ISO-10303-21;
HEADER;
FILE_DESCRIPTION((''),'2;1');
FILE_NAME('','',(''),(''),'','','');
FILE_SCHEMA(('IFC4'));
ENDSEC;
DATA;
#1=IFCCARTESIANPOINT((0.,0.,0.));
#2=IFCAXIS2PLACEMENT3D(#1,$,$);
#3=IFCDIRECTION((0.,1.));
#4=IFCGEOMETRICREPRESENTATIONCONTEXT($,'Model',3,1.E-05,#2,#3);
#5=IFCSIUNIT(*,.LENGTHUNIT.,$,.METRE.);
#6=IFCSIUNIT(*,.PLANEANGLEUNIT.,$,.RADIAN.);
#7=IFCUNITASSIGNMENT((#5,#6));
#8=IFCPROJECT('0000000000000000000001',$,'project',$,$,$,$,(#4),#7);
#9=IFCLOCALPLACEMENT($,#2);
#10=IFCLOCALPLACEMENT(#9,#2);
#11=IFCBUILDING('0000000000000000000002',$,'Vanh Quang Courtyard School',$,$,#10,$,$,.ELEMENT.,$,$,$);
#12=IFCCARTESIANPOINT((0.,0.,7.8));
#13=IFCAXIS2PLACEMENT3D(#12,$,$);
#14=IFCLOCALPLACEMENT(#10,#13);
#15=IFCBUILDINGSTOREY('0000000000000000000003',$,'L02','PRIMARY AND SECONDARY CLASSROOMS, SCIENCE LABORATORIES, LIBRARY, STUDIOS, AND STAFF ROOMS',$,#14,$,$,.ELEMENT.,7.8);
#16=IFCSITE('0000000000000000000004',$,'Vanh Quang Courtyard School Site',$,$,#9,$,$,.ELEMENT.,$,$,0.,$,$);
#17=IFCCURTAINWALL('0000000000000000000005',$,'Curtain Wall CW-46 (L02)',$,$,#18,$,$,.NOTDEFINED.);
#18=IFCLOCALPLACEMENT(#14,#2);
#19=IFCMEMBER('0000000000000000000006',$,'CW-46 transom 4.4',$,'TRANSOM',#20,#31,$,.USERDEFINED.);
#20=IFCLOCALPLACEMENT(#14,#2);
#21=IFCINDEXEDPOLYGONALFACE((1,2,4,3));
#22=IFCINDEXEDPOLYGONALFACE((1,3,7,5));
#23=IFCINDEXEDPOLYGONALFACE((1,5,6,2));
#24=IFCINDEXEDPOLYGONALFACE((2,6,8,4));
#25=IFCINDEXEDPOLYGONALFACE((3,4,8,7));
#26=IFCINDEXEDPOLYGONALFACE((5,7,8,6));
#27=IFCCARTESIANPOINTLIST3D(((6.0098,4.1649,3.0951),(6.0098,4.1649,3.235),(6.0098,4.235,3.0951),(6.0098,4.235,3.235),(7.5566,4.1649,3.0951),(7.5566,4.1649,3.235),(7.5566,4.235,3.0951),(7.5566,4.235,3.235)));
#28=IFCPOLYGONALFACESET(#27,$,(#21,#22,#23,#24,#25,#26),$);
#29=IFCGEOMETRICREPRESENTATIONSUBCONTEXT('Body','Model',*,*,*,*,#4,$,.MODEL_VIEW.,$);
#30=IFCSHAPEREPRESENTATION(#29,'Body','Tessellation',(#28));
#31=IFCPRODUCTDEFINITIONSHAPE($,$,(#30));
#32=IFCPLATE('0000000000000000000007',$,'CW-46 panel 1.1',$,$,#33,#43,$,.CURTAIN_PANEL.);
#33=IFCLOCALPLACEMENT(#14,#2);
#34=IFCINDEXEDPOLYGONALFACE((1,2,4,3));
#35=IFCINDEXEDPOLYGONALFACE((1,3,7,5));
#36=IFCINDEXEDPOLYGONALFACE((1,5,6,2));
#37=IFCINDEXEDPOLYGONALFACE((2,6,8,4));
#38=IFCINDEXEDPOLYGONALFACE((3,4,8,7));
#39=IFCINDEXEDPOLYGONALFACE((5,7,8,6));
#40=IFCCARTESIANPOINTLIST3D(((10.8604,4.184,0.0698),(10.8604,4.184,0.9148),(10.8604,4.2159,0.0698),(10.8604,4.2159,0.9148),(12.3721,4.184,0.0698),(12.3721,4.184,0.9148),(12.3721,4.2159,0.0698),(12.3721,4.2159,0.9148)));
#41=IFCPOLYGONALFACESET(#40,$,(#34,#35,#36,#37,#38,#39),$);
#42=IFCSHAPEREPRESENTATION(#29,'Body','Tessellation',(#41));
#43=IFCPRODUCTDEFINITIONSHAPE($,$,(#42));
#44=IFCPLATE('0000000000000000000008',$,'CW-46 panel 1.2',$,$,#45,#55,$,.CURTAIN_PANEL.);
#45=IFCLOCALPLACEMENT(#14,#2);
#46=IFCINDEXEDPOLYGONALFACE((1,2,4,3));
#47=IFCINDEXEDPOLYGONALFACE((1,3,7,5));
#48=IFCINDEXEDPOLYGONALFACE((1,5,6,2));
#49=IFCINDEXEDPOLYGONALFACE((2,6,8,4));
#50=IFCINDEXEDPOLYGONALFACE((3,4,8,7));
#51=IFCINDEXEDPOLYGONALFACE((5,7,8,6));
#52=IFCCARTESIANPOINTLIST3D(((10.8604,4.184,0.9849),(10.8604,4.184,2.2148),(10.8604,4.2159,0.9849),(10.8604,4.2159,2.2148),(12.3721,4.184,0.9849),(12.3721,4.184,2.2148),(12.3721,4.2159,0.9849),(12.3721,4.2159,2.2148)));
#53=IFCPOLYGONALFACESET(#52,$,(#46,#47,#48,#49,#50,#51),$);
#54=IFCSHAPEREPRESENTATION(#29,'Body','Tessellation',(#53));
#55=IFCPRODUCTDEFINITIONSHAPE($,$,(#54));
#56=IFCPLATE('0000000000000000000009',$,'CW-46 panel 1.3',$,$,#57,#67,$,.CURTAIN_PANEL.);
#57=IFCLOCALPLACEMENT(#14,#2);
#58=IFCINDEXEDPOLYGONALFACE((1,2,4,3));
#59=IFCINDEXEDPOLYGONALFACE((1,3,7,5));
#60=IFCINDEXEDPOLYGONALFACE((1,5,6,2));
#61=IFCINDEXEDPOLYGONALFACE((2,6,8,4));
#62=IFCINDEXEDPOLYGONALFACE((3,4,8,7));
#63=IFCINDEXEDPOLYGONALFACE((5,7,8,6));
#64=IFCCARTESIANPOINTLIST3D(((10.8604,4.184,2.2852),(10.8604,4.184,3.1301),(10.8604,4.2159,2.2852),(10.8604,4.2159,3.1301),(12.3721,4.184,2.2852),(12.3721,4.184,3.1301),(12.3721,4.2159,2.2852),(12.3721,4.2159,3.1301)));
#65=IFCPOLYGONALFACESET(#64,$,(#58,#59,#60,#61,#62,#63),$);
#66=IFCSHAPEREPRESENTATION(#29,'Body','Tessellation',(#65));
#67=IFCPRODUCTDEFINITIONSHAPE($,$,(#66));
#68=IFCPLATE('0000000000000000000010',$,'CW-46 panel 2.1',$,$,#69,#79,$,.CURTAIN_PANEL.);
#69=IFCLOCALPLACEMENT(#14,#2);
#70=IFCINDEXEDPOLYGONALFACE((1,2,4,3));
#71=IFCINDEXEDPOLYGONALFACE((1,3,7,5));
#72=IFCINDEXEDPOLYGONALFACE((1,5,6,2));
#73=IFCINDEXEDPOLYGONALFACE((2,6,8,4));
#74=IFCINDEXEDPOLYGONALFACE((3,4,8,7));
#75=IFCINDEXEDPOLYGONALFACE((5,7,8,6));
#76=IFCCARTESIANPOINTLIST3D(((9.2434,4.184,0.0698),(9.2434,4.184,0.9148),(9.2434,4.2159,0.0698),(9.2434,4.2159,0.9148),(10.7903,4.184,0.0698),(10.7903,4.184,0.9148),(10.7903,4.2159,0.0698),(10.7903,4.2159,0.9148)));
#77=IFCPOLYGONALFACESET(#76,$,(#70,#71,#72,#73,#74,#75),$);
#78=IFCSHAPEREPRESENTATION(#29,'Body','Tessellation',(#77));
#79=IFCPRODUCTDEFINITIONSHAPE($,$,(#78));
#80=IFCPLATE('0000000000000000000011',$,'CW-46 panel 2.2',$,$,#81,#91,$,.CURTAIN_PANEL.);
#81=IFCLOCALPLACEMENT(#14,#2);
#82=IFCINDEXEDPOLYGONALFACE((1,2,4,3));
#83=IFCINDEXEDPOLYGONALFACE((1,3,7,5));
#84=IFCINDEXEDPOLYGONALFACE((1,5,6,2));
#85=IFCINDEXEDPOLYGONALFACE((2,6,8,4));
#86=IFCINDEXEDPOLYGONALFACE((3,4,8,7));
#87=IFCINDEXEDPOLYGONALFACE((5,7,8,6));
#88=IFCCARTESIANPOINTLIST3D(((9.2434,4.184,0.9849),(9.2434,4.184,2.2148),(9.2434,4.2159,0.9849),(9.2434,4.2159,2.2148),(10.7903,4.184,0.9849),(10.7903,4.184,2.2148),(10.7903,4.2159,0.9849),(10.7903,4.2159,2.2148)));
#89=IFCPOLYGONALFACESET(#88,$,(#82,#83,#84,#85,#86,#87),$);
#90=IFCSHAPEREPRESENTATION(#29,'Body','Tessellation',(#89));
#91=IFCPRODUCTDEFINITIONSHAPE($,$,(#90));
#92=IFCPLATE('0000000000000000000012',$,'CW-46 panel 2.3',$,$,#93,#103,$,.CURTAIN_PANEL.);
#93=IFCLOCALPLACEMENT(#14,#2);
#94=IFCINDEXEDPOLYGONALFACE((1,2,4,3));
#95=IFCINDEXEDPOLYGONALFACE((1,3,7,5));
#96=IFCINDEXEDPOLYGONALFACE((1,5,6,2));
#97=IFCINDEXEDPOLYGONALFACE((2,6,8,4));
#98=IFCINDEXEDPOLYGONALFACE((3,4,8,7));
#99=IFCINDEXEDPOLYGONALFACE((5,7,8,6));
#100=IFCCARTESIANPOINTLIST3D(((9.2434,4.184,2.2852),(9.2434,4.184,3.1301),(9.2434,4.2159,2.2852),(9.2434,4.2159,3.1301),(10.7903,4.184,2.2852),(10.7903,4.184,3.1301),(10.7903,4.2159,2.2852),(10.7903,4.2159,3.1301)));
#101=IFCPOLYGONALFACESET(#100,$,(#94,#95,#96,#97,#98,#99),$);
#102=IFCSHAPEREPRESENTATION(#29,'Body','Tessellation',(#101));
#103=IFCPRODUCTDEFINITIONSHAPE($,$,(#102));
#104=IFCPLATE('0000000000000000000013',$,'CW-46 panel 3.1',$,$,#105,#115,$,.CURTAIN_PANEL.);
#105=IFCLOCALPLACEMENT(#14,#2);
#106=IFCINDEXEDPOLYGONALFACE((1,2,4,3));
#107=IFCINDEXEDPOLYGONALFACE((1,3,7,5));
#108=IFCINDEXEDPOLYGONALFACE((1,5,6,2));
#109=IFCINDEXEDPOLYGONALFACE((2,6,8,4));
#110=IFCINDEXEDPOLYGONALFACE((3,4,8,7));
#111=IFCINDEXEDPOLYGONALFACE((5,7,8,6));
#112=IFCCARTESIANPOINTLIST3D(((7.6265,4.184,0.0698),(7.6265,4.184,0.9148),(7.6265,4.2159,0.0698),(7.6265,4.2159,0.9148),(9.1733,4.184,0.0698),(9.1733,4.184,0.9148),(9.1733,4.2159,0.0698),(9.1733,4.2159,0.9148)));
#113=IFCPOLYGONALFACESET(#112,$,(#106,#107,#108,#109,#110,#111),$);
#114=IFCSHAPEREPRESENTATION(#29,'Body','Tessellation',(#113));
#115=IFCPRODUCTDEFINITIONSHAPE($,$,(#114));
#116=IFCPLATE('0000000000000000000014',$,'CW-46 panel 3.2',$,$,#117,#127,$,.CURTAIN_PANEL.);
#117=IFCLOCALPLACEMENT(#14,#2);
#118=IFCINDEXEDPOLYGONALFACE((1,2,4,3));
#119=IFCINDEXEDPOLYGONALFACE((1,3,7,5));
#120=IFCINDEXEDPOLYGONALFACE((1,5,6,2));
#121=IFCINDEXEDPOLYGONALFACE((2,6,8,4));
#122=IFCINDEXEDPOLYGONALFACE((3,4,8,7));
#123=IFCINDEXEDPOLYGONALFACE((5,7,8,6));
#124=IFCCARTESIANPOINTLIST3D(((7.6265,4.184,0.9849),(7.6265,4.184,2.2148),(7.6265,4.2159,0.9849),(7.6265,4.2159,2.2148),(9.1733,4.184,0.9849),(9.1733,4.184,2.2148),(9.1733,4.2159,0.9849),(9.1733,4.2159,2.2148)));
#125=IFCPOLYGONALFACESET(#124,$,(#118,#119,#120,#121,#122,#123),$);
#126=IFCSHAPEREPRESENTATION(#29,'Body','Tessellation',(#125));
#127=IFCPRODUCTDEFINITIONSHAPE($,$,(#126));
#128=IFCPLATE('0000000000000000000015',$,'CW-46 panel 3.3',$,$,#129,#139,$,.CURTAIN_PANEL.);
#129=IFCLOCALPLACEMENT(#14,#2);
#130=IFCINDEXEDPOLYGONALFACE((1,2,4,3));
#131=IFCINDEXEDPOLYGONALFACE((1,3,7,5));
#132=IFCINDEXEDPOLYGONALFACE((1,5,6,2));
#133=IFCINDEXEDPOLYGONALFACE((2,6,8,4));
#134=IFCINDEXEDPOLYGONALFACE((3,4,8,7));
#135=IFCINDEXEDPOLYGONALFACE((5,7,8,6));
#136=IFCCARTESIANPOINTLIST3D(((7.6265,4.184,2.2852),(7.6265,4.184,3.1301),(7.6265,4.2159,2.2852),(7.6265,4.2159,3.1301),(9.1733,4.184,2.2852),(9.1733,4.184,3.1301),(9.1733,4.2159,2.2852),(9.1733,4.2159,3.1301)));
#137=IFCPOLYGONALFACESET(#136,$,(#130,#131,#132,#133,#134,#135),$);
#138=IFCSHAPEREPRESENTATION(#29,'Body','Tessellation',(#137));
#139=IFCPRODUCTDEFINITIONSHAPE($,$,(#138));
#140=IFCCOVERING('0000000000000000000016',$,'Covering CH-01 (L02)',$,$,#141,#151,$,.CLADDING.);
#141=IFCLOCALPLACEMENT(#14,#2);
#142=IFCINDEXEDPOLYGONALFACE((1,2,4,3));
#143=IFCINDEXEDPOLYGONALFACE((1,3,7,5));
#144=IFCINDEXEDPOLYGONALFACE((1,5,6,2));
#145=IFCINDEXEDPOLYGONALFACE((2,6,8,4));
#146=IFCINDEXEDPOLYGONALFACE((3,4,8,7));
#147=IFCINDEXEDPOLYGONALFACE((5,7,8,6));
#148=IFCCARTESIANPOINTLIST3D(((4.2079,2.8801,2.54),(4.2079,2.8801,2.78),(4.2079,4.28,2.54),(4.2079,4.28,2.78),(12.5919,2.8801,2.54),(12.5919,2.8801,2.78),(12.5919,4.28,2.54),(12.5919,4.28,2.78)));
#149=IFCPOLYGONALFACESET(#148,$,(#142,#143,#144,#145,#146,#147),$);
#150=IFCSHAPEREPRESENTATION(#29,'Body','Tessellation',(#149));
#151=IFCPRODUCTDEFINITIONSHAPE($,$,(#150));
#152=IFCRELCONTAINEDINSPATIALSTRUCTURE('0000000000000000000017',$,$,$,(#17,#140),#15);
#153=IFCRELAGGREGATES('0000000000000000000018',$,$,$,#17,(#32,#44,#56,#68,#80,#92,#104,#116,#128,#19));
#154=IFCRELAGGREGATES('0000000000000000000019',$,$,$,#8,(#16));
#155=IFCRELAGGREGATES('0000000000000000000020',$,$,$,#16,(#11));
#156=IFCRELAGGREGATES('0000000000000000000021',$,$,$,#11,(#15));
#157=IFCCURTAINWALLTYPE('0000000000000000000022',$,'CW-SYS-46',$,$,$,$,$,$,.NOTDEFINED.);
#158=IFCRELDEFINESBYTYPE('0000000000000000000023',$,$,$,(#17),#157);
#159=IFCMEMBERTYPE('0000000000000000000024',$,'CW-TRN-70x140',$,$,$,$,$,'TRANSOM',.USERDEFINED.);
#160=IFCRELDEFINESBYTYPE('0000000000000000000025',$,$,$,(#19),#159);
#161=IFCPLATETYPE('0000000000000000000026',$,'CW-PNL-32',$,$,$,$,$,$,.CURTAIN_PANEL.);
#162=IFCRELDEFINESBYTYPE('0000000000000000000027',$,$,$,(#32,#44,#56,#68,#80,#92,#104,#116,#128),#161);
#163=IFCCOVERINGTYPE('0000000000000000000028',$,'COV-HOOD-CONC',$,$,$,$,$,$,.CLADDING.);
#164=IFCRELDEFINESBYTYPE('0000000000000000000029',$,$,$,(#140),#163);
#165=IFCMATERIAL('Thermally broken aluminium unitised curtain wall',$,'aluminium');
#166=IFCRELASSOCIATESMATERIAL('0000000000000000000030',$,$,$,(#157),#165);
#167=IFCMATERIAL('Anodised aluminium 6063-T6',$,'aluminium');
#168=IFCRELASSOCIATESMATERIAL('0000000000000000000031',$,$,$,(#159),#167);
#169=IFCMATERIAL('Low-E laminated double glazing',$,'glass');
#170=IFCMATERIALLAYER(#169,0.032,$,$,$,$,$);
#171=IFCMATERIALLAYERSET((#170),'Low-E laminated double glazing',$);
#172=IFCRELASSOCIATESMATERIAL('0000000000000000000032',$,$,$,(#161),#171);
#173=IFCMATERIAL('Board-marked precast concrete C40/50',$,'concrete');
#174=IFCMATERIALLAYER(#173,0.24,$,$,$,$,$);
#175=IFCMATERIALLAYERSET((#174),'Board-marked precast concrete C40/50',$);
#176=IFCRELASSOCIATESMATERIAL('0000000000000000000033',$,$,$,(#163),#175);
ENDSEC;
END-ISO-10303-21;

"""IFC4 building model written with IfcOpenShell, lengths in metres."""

from ifc_helpers import new_model, si_unit, direction, frame, origin, origin_2d, place, context, subcontext, project, spatial, rectangle, extrude, material, layer, layer_set, material_profile, profile_set, type_object, element, aggregate, save


model = new_model("IFC4")

# Units and contexts
model_context = context("Model", 3, precision=1e-05, world=origin(), true_north=direction((0.0, 1.0)))
body_context = subcontext(model_context, "Body", "Model", "MODEL_VIEW")
ifc_project = project(units=[si_unit("LENGTHUNIT", "METRE"), si_unit("PLANEANGLEUNIT", "RADIAN")], contexts=[model_context])

# Site, building, storey
site_placement = place(None, origin())
site = spatial("IfcSite", under=ifc_project, at=site_placement, Name="Vanh Quang Courtyard School Site", CompositionType="ELEMENT", RefElevation=0.0)
building_placement = place(site_placement, origin())
building = spatial("IfcBuilding", under=site, at=building_placement, Name="Vanh Quang Courtyard School", CompositionType="ELEMENT")
storey_placement = place(building_placement, frame((0.0, 0.0, 7.8)))
storey = spatial("IfcBuildingStorey", under=building, at=storey_placement, Name="L02", Description="PRIMARY AND SECONDARY CLASSROOMS, SCIENCE LABORATORIES, LIBRARY, STUDIOS, AND STAFF ROOMS", CompositionType="ELEMENT", Elevation=7.8)

# Curtain wall, member, plates
ifc_material_1 = material(Name="Thermally broken aluminium unitised curtain wall", Category="aluminium")
curtain_wall_type = type_object("IfcCurtainWallType", Name="CW-SYS-46", PredefinedType="NOTDEFINED", material=ifc_material_1)
curtain_wall_placement = place(storey_placement, origin())
curtain_wall = element("IfcCurtainWall", 1, at=curtain_wall_placement, inside=storey, type_object=curtain_wall_type, Name="Curtain Wall CW-46 (L02)", PredefinedType="NOTDEFINED")
ifc_material_2 = material(Name="Anodised aluminium 6063-T6", Category="aluminium")
ifc_material_profile_1 = material_profile(ifc_material_2, rectangle(XDim=0.0701, YDim=0.1399, at=origin_2d()), Name="ALU-TRN 70x140")
ifc_profile_set_1 = profile_set([ifc_material_profile_1], Name="Anodised aluminium 6063-T6")
member_type_1 = type_object("IfcMemberType", Name="CW-TRN-70x140", ElementType="TRANSOM", PredefinedType="USERDEFINED", material=ifc_profile_set_1)
member_1_placement = place(storey_placement, frame((7.5566, 4.2, 3.165), z_axis=(-1.0, 0.0, 0.0), x_axis=(0.0, -1.0, 0.0)))
member_1 = element("IfcMember", 2, at=member_1_placement, type_object=member_type_1, Name="CW-46 transom 4.4", ObjectType="TRANSOM", PredefinedType="USERDEFINED", context=body_context, shape_type="SweptSolid", body=[
    extrude(rectangle(XDim=0.0701, YDim=0.1399, at=origin_2d()), origin(), (0.0, 0.0, 1.0), 1.5469),
])
ifc_material_3 = material(Name="Low-E laminated double glazing", Category="glass")
ifc_layer_1 = layer(ifc_material_3, 0.032)
ifc_layer_set_1 = layer_set([ifc_layer_1], Name="Low-E laminated double glazing")
plate_type = type_object("IfcPlateType", Name="CW-PNL-32", PredefinedType="CURTAIN_PANEL", material=ifc_layer_set_1)
plate_1_placement = place(storey_placement, frame((11.6162, 4.2, 0.0698), z_axis=(0.0, 0.0, 1.0), x_axis=(-1.0, 0.0, 0.0)))
plate_1 = element("IfcPlate", 3, at=plate_1_placement, type_object=plate_type, Name="CW-46 panel 1.1", PredefinedType="CURTAIN_PANEL", context=body_context, shape_type="SweptSolid", body=[
    extrude(rectangle(XDim=1.5117, YDim=0.032, at=origin_2d()), origin(), (0.0, 0.0, 1.0), 0.845),
])
plate_2_placement = place(storey_placement, frame((11.6162, 4.2, 0.9849), z_axis=(0.0, 0.0, 1.0), x_axis=(-1.0, 0.0, 0.0)))
plate_2 = element("IfcPlate", 4, at=plate_2_placement, type_object=plate_type, Name="CW-46 panel 1.2", PredefinedType="CURTAIN_PANEL", context=body_context, shape_type="SweptSolid", body=[
    extrude(rectangle(XDim=1.5117, YDim=0.032, at=origin_2d()), origin(), (0.0, 0.0, 1.0), 1.23),
])
plate_3_placement = place(storey_placement, frame((11.6162, 4.2, 2.2852), z_axis=(0.0, 0.0, 1.0), x_axis=(-1.0, 0.0, 0.0)))
plate_3 = element("IfcPlate", 5, at=plate_3_placement, type_object=plate_type, Name="CW-46 panel 1.3", PredefinedType="CURTAIN_PANEL", context=body_context, shape_type="SweptSolid", body=[
    extrude(rectangle(XDim=1.5117, YDim=0.032, at=origin_2d()), origin(), (0.0, 0.0, 1.0), 0.845),
])
plate_4_placement = place(storey_placement, frame((10.0168, 4.2, 0.0698), z_axis=(0.0, 0.0, 1.0), x_axis=(-1.0, 0.0, 0.0)))
plate_4 = element("IfcPlate", 6, at=plate_4_placement, type_object=plate_type, Name="CW-46 panel 2.1", PredefinedType="CURTAIN_PANEL", context=body_context, shape_type="SweptSolid", body=[
    extrude(rectangle(XDim=1.5469, YDim=0.032, at=origin_2d()), origin(), (0.0, 0.0, 1.0), 0.845),
])
plate_5_placement = place(storey_placement, frame((10.0168, 4.2, 0.9849), z_axis=(0.0, 0.0, 1.0), x_axis=(-1.0, 0.0, 0.0)))
plate_5 = element("IfcPlate", 7, at=plate_5_placement, type_object=plate_type, Name="CW-46 panel 2.2", PredefinedType="CURTAIN_PANEL", context=body_context, shape_type="SweptSolid", body=[
    extrude(rectangle(XDim=1.5469, YDim=0.032, at=origin_2d()), origin(), (0.0, 0.0, 1.0), 1.23),
])
plate_6_placement = place(storey_placement, frame((10.0168, 4.2, 2.2852), z_axis=(0.0, 0.0, 1.0), x_axis=(-1.0, 0.0, 0.0)))
plate_6 = element("IfcPlate", 8, at=plate_6_placement, type_object=plate_type, Name="CW-46 panel 2.3", PredefinedType="CURTAIN_PANEL", context=body_context, shape_type="SweptSolid", body=[
    extrude(rectangle(XDim=1.5469, YDim=0.032, at=origin_2d()), origin(), (0.0, 0.0, 1.0), 0.845),
])
plate_7_placement = place(storey_placement, frame((8.3999, 4.2, 0.0698), z_axis=(0.0, 0.0, 1.0), x_axis=(-1.0, 0.0, 0.0)))
plate_7 = element("IfcPlate", 9, at=plate_7_placement, type_object=plate_type, Name="CW-46 panel 3.1", PredefinedType="CURTAIN_PANEL", context=body_context, shape_type="SweptSolid", body=[
    extrude(rectangle(XDim=1.5469, YDim=0.032, at=origin_2d()), origin(), (0.0, 0.0, 1.0), 0.845),
])
plate_8_placement = place(storey_placement, frame((8.3999, 4.2, 0.9849), z_axis=(0.0, 0.0, 1.0), x_axis=(-1.0, 0.0, 0.0)))
plate_8 = element("IfcPlate", 10, at=plate_8_placement, type_object=plate_type, Name="CW-46 panel 3.2", PredefinedType="CURTAIN_PANEL", context=body_context, shape_type="SweptSolid", body=[
    extrude(rectangle(XDim=1.5469, YDim=0.032, at=origin_2d()), origin(), (0.0, 0.0, 1.0), 1.23),
])
plate_9_placement = place(storey_placement, frame((8.3999, 4.2, 2.2852), z_axis=(0.0, 0.0, 1.0), x_axis=(-1.0, 0.0, 0.0)))
plate_9 = element("IfcPlate", 11, at=plate_9_placement, type_object=plate_type, Name="CW-46 panel 3.3", PredefinedType="CURTAIN_PANEL", context=body_context, shape_type="SweptSolid", body=[
    extrude(rectangle(XDim=1.5469, YDim=0.032, at=origin_2d()), origin(), (0.0, 0.0, 1.0), 0.845),
])
aggregate(curtain_wall, [plate_1, plate_2, plate_3, plate_4, plate_5, plate_6, plate_7, plate_8, plate_9, member_1])

# Covering
ifc_material_4 = material(Name="Board-marked precast concrete C40/50", Category="concrete")
ifc_layer_2 = layer(ifc_material_4, 0.24)
ifc_layer_set_2 = layer_set([ifc_layer_2], Name="Board-marked precast concrete C40/50")
covering_type = type_object("IfcCoveringType", Name="COV-HOOD-CONC", PredefinedType="CLADDING", material=ifc_layer_set_2)
covering_placement = place(storey_placement, frame((8.3999, 3.5801, 2.54), z_axis=(0.0, 0.0, 1.0), x_axis=(-1.0, 0.0, 0.0)))
element("IfcCovering", 12, at=covering_placement, inside=storey, type_object=covering_type, Name="Covering CH-01 (L02)", PredefinedType="CLADDING", context=body_context, shape_type="SweptSolid", body=[
    extrude(rectangle(XDim=8.384, YDim=1.3999, at=origin_2d()), origin(), (0.0, 0.0, 1.0), 0.24),
])

save(model, "model.ifc")
